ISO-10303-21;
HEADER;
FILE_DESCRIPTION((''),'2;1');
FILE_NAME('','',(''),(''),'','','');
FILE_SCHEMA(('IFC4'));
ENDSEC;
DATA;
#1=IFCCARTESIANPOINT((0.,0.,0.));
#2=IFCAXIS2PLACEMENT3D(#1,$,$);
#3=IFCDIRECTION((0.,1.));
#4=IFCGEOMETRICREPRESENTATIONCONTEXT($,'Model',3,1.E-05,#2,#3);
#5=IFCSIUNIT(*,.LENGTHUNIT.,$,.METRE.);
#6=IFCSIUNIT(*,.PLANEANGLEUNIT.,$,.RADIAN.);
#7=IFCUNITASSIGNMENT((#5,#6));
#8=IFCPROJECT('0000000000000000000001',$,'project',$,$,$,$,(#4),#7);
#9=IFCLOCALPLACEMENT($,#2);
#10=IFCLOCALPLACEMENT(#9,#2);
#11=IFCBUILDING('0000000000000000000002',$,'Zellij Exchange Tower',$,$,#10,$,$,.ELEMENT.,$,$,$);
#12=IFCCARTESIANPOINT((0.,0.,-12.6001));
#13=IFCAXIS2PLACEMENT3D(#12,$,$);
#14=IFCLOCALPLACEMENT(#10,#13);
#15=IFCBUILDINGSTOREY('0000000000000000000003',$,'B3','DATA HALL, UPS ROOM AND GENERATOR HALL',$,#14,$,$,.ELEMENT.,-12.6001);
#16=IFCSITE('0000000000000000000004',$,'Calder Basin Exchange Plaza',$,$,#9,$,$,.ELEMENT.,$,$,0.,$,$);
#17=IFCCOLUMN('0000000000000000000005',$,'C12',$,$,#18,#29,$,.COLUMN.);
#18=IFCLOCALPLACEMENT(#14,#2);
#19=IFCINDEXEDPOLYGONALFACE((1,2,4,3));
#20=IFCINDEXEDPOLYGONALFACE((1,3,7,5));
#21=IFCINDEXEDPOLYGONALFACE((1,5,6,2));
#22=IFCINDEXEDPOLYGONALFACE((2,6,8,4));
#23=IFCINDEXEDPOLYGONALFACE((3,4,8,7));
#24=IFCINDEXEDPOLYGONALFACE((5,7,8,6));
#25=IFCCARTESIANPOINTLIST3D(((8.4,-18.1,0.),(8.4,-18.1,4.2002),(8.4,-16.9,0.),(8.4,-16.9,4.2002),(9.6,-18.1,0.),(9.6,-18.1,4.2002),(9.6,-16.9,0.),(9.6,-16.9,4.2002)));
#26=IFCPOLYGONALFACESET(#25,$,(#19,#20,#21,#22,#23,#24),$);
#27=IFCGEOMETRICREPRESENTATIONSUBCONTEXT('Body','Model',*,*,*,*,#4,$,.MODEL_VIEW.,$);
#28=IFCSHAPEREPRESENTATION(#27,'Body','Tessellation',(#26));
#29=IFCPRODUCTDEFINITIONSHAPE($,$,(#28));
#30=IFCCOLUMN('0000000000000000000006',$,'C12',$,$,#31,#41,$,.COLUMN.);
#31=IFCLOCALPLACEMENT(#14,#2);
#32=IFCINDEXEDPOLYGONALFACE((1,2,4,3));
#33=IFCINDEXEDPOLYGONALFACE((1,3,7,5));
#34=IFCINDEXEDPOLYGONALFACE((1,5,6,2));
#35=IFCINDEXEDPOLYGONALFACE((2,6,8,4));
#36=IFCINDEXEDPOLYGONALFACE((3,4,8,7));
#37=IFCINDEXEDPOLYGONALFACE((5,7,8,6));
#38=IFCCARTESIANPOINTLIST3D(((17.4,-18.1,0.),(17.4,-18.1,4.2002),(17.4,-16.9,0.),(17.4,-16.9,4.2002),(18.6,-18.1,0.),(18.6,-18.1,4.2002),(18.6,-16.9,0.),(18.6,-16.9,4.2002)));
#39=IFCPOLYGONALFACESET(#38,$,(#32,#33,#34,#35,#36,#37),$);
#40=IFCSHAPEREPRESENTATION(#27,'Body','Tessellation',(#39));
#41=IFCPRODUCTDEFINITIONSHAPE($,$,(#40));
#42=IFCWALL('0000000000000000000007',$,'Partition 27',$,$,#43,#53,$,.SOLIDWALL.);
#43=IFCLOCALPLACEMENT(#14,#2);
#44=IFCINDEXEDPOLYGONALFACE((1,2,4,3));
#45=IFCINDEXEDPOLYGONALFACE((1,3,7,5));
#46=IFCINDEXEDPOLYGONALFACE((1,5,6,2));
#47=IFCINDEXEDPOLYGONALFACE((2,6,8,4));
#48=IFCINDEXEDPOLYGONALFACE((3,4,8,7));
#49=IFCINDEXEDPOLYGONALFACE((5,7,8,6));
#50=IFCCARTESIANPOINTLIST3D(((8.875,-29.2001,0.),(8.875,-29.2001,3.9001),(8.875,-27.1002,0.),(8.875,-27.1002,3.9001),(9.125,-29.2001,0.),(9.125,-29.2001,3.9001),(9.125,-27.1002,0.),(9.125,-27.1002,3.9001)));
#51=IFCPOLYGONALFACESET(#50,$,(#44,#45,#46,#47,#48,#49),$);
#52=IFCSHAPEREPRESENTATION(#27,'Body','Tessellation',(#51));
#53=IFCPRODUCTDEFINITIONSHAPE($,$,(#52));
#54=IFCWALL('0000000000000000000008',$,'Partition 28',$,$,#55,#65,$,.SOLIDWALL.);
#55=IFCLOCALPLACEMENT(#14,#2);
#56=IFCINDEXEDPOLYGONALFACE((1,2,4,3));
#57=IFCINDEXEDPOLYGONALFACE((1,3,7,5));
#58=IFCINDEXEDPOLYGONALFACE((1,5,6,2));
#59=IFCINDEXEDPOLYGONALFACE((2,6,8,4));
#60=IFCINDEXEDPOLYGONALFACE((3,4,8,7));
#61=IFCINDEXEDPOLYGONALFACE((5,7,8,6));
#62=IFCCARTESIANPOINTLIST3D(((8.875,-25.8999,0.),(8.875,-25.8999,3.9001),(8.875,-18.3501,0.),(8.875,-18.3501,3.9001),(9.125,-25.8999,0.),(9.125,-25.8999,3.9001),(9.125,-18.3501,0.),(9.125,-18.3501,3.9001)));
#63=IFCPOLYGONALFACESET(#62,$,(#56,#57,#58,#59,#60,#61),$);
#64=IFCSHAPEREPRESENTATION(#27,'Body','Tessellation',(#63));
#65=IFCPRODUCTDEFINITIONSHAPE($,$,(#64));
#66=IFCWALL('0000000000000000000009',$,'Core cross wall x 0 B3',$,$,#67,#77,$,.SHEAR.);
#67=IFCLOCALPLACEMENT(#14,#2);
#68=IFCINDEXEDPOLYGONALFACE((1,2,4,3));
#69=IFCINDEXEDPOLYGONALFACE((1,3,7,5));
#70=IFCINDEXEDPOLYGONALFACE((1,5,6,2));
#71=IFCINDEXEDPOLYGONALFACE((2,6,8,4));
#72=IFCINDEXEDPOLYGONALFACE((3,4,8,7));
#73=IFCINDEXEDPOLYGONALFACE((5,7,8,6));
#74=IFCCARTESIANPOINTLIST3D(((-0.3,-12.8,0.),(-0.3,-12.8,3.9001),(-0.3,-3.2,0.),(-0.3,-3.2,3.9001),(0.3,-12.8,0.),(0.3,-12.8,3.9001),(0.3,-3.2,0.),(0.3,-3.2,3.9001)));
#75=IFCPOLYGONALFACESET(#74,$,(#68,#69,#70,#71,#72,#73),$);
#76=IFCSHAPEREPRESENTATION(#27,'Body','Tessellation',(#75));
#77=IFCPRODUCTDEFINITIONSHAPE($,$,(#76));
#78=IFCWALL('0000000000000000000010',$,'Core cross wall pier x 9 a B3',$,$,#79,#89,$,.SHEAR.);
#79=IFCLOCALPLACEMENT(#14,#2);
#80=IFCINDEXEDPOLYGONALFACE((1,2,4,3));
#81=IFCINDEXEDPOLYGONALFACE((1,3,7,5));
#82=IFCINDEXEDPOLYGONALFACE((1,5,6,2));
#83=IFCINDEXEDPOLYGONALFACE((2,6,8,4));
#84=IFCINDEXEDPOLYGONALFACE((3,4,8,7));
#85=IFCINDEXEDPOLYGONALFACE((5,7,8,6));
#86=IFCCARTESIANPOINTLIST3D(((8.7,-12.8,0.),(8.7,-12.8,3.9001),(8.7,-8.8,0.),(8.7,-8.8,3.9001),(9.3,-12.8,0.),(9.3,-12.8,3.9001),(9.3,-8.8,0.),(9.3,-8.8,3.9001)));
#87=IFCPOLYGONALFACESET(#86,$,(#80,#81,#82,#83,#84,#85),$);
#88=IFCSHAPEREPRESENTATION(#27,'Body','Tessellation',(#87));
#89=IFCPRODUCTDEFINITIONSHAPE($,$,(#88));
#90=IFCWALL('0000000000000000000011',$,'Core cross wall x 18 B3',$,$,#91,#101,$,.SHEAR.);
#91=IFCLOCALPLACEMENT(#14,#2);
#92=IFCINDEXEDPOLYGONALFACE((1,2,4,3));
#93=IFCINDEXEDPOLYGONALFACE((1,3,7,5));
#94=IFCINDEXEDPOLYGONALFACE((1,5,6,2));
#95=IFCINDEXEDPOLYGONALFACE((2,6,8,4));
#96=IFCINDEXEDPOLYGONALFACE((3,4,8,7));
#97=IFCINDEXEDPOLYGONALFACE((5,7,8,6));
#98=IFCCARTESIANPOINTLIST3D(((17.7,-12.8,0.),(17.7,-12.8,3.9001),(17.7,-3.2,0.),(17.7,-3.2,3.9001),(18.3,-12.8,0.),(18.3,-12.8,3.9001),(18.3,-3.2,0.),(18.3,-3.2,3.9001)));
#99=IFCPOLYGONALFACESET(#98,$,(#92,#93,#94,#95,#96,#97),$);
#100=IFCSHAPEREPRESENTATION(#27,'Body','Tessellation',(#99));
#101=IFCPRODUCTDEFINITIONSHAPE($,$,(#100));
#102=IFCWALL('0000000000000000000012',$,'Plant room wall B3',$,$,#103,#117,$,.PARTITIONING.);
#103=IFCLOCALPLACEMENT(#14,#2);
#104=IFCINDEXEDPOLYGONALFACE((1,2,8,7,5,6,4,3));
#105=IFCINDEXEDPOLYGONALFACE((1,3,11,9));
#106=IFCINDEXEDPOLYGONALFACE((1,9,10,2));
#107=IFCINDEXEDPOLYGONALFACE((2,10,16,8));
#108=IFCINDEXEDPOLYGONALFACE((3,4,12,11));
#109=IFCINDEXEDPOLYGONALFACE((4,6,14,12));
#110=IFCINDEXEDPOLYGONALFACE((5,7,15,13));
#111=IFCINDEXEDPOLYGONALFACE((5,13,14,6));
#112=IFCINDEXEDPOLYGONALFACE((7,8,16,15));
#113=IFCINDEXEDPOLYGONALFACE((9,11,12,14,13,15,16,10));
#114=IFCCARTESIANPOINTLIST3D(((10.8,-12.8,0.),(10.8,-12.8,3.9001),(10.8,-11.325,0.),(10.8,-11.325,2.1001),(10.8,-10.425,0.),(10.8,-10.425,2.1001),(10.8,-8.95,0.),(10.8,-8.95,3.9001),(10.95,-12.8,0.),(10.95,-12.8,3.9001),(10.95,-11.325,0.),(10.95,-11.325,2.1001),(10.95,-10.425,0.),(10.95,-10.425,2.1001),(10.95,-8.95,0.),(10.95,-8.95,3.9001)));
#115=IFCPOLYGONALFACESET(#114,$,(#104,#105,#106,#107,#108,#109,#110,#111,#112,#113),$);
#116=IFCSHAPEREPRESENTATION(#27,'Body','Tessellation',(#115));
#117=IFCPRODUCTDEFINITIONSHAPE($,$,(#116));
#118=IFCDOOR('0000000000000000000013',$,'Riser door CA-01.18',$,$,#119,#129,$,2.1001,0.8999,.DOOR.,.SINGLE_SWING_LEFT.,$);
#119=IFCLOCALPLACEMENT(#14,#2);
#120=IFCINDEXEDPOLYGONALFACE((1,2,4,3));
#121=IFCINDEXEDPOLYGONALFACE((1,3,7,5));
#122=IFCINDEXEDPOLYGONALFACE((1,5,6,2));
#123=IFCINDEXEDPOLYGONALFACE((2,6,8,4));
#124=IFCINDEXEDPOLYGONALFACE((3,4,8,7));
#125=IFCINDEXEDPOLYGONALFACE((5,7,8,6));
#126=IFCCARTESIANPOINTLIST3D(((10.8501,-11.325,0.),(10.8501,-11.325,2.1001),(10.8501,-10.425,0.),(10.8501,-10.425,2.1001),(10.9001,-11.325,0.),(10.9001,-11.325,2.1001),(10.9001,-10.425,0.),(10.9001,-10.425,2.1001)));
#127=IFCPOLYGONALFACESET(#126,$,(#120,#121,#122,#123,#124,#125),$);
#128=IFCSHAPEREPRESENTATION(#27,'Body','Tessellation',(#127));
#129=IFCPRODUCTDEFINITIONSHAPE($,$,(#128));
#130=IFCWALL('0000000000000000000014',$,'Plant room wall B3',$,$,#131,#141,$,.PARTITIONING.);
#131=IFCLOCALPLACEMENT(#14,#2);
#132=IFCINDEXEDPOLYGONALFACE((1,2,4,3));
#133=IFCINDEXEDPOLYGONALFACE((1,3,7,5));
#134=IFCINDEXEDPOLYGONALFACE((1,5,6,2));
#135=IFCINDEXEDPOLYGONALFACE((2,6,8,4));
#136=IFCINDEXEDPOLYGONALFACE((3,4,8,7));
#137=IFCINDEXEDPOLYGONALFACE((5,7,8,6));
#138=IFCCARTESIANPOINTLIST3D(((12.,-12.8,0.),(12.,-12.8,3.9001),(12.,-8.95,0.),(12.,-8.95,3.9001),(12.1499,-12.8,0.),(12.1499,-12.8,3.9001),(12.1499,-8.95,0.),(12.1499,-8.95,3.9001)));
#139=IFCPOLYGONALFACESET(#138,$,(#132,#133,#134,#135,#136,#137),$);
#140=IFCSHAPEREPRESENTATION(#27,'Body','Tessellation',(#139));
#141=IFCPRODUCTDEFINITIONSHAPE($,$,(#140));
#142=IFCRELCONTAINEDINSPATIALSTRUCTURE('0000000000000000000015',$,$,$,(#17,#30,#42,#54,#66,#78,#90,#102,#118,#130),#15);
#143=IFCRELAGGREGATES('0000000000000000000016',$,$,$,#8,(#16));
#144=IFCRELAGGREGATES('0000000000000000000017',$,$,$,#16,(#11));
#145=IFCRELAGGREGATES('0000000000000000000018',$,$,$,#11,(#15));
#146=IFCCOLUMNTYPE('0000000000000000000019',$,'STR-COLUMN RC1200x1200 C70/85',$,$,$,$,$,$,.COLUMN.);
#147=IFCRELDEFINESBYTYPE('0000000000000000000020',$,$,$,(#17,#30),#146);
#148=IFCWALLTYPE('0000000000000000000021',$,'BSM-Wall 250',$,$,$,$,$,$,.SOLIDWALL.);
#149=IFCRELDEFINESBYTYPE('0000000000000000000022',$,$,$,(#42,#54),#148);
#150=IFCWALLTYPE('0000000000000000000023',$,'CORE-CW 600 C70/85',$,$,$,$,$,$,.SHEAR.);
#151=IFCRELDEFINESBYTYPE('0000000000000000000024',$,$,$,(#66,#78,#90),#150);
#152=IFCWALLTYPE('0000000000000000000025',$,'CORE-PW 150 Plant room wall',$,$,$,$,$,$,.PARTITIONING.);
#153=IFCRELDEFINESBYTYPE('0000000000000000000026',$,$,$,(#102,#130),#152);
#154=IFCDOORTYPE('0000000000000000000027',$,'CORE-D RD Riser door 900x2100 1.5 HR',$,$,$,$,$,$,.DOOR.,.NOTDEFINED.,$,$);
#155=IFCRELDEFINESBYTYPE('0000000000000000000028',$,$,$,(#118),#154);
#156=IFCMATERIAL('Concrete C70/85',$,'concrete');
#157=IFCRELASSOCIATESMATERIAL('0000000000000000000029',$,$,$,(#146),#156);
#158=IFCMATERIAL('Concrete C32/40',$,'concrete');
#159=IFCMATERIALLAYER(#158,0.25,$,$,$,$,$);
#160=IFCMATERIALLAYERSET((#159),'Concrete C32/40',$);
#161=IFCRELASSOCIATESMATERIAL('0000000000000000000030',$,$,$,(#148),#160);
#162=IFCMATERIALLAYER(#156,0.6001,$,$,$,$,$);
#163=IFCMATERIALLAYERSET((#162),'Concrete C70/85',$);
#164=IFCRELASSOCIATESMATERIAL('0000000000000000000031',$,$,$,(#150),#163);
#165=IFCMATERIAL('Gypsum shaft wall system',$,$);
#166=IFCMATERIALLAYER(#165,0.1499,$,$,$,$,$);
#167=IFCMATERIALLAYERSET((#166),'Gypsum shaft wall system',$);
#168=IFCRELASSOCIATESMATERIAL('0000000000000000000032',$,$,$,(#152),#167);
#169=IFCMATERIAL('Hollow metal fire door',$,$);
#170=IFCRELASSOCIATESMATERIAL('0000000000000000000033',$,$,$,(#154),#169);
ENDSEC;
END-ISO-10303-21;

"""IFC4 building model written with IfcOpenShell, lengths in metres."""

from ifc_helpers import new_model, si_unit, direction, frame, frame_2d, origin, origin_2d, place, context, subcontext, project, spatial, rectangle, extrude, material, layer, layer_set, material_profile, profile_set, type_object, element, fill, save


model = new_model("IFC4")

# Units and contexts
model_context = context("Model", 3, precision=1e-05, world=origin(), true_north=direction((0.0, 1.0)))
body_context = subcontext(model_context, "Body", "Model", "MODEL_VIEW")
ifc_project = project(units=[si_unit("LENGTHUNIT", "METRE"), si_unit("PLANEANGLEUNIT", "RADIAN")], contexts=[model_context])

# Site, building, storey
site_placement = place(None, origin())
site = spatial("IfcSite", under=ifc_project, at=site_placement, Name="Calder Basin Exchange Plaza", CompositionType="ELEMENT", RefElevation=0.0)
building_placement = place(site_placement, origin())
building = spatial("IfcBuilding", under=site, at=building_placement, Name="Zellij Exchange Tower", CompositionType="ELEMENT")
storey_placement = place(building_placement, frame((0.0, 0.0, -12.6001)))
storey = spatial("IfcBuildingStorey", under=building, at=storey_placement, Name="B3", Description="DATA HALL, UPS ROOM AND GENERATOR HALL", CompositionType="ELEMENT", Elevation=-12.6001)

# Columns
ifc_material_1 = material(Name="Concrete C70/85", Category="concrete")
ifc_material_profile_1 = material_profile(ifc_material_1, rectangle(XDim=1.2, YDim=1.2, at=origin_2d()), Name="STR-COLUMN RC1200x1200 C70/85")
ifc_profile_set_1 = profile_set([ifc_material_profile_1], Name="Concrete C70/85")
column_type = type_object("IfcColumnType", Name="STR-COLUMN RC1200x1200 C70/85", PredefinedType="COLUMN", material=ifc_profile_set_1)
for number, where, z_axis, x_axis, name in (
    (1, (9.0, -17.5, 0.0), (0.0, 0.0, 1.0), (1.0, 0.0, 0.0), "C12"),
    (2, (18.0, -17.5, 0.0), (0.0, 0.0, 1.0), (1.0, 0.0, 0.0), "C12"),
):
    element("IfcColumn", number, at=place(storey_placement, frame(where, z_axis=z_axis, x_axis=x_axis)), inside=storey, type_object=column_type, Name=name, PredefinedType="COLUMN", context=body_context, shape_type="SweptSolid", body=[
        extrude(rectangle(XDim=1.2, YDim=1.2, at=origin_2d()), origin(), (0.0, 0.0, 1.0), 4.2002),
    ])

# Walls
ifc_material_2 = material(Name="Concrete C32/40", Category="concrete")
ifc_layer_1 = layer(ifc_material_2, 0.25)
ifc_layer_set_1 = layer_set([ifc_layer_1], Name="Concrete C32/40")
wall_type_1 = type_object("IfcWallType", Name="BSM-Wall 250", PredefinedType="SOLIDWALL", material=ifc_layer_set_1)
wall_1_placement = place(storey_placement, frame((9.0, -29.2, 0.0), z_axis=(0.0, 0.0, 1.0), x_axis=(0.0, 1.0, 0.0)))
element("IfcWall", 3, at=wall_1_placement, inside=storey, type_object=wall_type_1, Name="Partition 27", PredefinedType="SOLIDWALL", context=body_context, shape_type="SweptSolid", body=[
    extrude(rectangle(XDim=2.0999, YDim=0.25, at=frame_2d((1.0498, 0.0))), origin(), (0.0, 0.0, 1.0), 3.9001),
])
wall_2_placement = place(storey_placement, frame((9.0, -25.8999, 0.0), z_axis=(0.0, 0.0, 1.0), x_axis=(0.0, 1.0, 0.0)))
element("IfcWall", 4, at=wall_2_placement, inside=storey, type_object=wall_type_1, Name="Partition 28", PredefinedType="SOLIDWALL", context=body_context, shape_type="SweptSolid", body=[
    extrude(rectangle(XDim=7.5498, YDim=0.25, at=frame_2d((3.7749, 0.0))), origin(), (0.0, 0.0, 1.0), 3.9001),
])
ifc_layer_2 = layer(ifc_material_1, 0.6001)
ifc_layer_set_2 = layer_set([ifc_layer_2], Name="Concrete C70/85")
wall_type_2 = type_object("IfcWallType", Name="CORE-CW 600 C70/85", PredefinedType="SHEAR", material=ifc_layer_set_2)
wall_3_placement = place(storey_placement, frame((0.0, -12.8, 0.0), z_axis=(0.0, 0.0, 1.0), x_axis=(0.0, 1.0, 0.0)))
element("IfcWall", 5, at=wall_3_placement, inside=storey, type_object=wall_type_2, Name="Core cross wall x 0 B3", PredefinedType="SHEAR", context=body_context, shape_type="SweptSolid", body=[
    extrude(rectangle(XDim=9.6001, YDim=0.6001, at=frame_2d((4.8, 0.0))), origin(), (0.0, 0.0, 1.0), 3.9001),
])
wall_4_placement = place(storey_placement, frame((9.0, -12.8, 0.0), z_axis=(0.0, 0.0, 1.0), x_axis=(0.0, 1.0, 0.0)))
element("IfcWall", 6, at=wall_4_placement, inside=storey, type_object=wall_type_2, Name="Core cross wall pier x 9 a B3", PredefinedType="SHEAR", context=body_context, shape_type="SweptSolid", body=[
    extrude(rectangle(XDim=4.0, YDim=0.6001, at=frame_2d((2.0, 0.0))), origin(), (0.0, 0.0, 1.0), 3.9001),
])
wall_5_placement = place(storey_placement, frame((18.0, -12.8, 0.0), z_axis=(0.0, 0.0, 1.0), x_axis=(0.0, 1.0, 0.0)))
element("IfcWall", 7, at=wall_5_placement, inside=storey, type_object=wall_type_2, Name="Core cross wall x 18 B3", PredefinedType="SHEAR", context=body_context, shape_type="SweptSolid", body=[
    extrude(rectangle(XDim=9.6001, YDim=0.6001, at=frame_2d((4.8, 0.0))), origin(), (0.0, 0.0, 1.0), 3.9001),
])

# Wall, opening, door
ifc_material_3 = material(Name="Gypsum shaft wall system")
ifc_layer_3 = layer(ifc_material_3, 0.1499)
ifc_layer_set_3 = layer_set([ifc_layer_3], Name="Gypsum shaft wall system")
wall_type_3 = type_object("IfcWallType", Name="CORE-PW 150 Plant room wall", PredefinedType="PARTITIONING", material=ifc_layer_set_3)
wall_6_placement = place(storey_placement, frame((10.875, -12.8, 0.0), z_axis=(0.0, 0.0, 1.0), x_axis=(0.0, 1.0, 0.0)))
wall_6 = element("IfcWall", 8, at=wall_6_placement, inside=storey, type_object=wall_type_3, Name="Plant room wall B3", PredefinedType="PARTITIONING", context=body_context, shape_type="SweptSolid", body=[
    extrude(rectangle(XDim=3.8501, YDim=0.1499, at=frame_2d((1.925, 0.0))), origin(), (0.0, 0.0, 1.0), 3.9001),
])
opening_placement = place(wall_6_placement, frame((1.4751, 0.0, 0.0)))
opening = element("IfcOpeningElement", 9, at=opening_placement, cuts=wall_6, PredefinedType="OPENING", context=body_context, shape_type="SweptSolid", body=[
    extrude(rectangle(XDim=0.8999, YDim=2.1001, at=frame_2d((0.45, 1.05))), frame((0.0, 0.0869, 0.0), z_axis=(0.0, -1.0, 0.0), x_axis=(1.0, 0.0, 0.0)), (0.0, 0.0, 1.0), 0.1738),
])
ifc_material_4 = material(Name="Hollow metal fire door")
door_type = type_object("IfcDoorType", Name="CORE-D RD Riser door 900x2100 1.5 HR", OperationType="NOTDEFINED", PredefinedType="DOOR", material=ifc_material_4)
door_placement = place(opening_placement, origin())
door = element("IfcDoor", 10, at=door_placement, inside=storey, type_object=door_type, Name="Riser door CA-01.18", OperationType="SINGLE_SWING_LEFT", OverallHeight=2.1001, OverallWidth=0.8999, PredefinedType="DOOR", context=body_context, shape_type="SweptSolid", body=[
    extrude(rectangle(XDim=0.8999, YDim=2.1001, at=frame_2d((0.45, 1.05))), frame((0.0, 0.0249, 0.0), z_axis=(0.0, -1.0, 0.0), x_axis=(1.0, 0.0, 0.0)), (0.0, 0.0, 1.0), 0.05),
])
fill(opening, door)

# Wall
wall_7_placement = place(storey_placement, frame((12.075, -12.8, 0.0), z_axis=(0.0, 0.0, 1.0), x_axis=(0.0, 1.0, 0.0)))
element("IfcWall", 11, at=wall_7_placement, inside=storey, type_object=wall_type_3, Name="Plant room wall B3", PredefinedType="PARTITIONING", context=body_context, shape_type="SweptSolid", body=[
    extrude(rectangle(XDim=3.8501, YDim=0.1499, at=frame_2d((1.925, 0.0))), origin(), (0.0, 0.0, 1.0), 3.9001),
])

save(model, "model.ifc")
